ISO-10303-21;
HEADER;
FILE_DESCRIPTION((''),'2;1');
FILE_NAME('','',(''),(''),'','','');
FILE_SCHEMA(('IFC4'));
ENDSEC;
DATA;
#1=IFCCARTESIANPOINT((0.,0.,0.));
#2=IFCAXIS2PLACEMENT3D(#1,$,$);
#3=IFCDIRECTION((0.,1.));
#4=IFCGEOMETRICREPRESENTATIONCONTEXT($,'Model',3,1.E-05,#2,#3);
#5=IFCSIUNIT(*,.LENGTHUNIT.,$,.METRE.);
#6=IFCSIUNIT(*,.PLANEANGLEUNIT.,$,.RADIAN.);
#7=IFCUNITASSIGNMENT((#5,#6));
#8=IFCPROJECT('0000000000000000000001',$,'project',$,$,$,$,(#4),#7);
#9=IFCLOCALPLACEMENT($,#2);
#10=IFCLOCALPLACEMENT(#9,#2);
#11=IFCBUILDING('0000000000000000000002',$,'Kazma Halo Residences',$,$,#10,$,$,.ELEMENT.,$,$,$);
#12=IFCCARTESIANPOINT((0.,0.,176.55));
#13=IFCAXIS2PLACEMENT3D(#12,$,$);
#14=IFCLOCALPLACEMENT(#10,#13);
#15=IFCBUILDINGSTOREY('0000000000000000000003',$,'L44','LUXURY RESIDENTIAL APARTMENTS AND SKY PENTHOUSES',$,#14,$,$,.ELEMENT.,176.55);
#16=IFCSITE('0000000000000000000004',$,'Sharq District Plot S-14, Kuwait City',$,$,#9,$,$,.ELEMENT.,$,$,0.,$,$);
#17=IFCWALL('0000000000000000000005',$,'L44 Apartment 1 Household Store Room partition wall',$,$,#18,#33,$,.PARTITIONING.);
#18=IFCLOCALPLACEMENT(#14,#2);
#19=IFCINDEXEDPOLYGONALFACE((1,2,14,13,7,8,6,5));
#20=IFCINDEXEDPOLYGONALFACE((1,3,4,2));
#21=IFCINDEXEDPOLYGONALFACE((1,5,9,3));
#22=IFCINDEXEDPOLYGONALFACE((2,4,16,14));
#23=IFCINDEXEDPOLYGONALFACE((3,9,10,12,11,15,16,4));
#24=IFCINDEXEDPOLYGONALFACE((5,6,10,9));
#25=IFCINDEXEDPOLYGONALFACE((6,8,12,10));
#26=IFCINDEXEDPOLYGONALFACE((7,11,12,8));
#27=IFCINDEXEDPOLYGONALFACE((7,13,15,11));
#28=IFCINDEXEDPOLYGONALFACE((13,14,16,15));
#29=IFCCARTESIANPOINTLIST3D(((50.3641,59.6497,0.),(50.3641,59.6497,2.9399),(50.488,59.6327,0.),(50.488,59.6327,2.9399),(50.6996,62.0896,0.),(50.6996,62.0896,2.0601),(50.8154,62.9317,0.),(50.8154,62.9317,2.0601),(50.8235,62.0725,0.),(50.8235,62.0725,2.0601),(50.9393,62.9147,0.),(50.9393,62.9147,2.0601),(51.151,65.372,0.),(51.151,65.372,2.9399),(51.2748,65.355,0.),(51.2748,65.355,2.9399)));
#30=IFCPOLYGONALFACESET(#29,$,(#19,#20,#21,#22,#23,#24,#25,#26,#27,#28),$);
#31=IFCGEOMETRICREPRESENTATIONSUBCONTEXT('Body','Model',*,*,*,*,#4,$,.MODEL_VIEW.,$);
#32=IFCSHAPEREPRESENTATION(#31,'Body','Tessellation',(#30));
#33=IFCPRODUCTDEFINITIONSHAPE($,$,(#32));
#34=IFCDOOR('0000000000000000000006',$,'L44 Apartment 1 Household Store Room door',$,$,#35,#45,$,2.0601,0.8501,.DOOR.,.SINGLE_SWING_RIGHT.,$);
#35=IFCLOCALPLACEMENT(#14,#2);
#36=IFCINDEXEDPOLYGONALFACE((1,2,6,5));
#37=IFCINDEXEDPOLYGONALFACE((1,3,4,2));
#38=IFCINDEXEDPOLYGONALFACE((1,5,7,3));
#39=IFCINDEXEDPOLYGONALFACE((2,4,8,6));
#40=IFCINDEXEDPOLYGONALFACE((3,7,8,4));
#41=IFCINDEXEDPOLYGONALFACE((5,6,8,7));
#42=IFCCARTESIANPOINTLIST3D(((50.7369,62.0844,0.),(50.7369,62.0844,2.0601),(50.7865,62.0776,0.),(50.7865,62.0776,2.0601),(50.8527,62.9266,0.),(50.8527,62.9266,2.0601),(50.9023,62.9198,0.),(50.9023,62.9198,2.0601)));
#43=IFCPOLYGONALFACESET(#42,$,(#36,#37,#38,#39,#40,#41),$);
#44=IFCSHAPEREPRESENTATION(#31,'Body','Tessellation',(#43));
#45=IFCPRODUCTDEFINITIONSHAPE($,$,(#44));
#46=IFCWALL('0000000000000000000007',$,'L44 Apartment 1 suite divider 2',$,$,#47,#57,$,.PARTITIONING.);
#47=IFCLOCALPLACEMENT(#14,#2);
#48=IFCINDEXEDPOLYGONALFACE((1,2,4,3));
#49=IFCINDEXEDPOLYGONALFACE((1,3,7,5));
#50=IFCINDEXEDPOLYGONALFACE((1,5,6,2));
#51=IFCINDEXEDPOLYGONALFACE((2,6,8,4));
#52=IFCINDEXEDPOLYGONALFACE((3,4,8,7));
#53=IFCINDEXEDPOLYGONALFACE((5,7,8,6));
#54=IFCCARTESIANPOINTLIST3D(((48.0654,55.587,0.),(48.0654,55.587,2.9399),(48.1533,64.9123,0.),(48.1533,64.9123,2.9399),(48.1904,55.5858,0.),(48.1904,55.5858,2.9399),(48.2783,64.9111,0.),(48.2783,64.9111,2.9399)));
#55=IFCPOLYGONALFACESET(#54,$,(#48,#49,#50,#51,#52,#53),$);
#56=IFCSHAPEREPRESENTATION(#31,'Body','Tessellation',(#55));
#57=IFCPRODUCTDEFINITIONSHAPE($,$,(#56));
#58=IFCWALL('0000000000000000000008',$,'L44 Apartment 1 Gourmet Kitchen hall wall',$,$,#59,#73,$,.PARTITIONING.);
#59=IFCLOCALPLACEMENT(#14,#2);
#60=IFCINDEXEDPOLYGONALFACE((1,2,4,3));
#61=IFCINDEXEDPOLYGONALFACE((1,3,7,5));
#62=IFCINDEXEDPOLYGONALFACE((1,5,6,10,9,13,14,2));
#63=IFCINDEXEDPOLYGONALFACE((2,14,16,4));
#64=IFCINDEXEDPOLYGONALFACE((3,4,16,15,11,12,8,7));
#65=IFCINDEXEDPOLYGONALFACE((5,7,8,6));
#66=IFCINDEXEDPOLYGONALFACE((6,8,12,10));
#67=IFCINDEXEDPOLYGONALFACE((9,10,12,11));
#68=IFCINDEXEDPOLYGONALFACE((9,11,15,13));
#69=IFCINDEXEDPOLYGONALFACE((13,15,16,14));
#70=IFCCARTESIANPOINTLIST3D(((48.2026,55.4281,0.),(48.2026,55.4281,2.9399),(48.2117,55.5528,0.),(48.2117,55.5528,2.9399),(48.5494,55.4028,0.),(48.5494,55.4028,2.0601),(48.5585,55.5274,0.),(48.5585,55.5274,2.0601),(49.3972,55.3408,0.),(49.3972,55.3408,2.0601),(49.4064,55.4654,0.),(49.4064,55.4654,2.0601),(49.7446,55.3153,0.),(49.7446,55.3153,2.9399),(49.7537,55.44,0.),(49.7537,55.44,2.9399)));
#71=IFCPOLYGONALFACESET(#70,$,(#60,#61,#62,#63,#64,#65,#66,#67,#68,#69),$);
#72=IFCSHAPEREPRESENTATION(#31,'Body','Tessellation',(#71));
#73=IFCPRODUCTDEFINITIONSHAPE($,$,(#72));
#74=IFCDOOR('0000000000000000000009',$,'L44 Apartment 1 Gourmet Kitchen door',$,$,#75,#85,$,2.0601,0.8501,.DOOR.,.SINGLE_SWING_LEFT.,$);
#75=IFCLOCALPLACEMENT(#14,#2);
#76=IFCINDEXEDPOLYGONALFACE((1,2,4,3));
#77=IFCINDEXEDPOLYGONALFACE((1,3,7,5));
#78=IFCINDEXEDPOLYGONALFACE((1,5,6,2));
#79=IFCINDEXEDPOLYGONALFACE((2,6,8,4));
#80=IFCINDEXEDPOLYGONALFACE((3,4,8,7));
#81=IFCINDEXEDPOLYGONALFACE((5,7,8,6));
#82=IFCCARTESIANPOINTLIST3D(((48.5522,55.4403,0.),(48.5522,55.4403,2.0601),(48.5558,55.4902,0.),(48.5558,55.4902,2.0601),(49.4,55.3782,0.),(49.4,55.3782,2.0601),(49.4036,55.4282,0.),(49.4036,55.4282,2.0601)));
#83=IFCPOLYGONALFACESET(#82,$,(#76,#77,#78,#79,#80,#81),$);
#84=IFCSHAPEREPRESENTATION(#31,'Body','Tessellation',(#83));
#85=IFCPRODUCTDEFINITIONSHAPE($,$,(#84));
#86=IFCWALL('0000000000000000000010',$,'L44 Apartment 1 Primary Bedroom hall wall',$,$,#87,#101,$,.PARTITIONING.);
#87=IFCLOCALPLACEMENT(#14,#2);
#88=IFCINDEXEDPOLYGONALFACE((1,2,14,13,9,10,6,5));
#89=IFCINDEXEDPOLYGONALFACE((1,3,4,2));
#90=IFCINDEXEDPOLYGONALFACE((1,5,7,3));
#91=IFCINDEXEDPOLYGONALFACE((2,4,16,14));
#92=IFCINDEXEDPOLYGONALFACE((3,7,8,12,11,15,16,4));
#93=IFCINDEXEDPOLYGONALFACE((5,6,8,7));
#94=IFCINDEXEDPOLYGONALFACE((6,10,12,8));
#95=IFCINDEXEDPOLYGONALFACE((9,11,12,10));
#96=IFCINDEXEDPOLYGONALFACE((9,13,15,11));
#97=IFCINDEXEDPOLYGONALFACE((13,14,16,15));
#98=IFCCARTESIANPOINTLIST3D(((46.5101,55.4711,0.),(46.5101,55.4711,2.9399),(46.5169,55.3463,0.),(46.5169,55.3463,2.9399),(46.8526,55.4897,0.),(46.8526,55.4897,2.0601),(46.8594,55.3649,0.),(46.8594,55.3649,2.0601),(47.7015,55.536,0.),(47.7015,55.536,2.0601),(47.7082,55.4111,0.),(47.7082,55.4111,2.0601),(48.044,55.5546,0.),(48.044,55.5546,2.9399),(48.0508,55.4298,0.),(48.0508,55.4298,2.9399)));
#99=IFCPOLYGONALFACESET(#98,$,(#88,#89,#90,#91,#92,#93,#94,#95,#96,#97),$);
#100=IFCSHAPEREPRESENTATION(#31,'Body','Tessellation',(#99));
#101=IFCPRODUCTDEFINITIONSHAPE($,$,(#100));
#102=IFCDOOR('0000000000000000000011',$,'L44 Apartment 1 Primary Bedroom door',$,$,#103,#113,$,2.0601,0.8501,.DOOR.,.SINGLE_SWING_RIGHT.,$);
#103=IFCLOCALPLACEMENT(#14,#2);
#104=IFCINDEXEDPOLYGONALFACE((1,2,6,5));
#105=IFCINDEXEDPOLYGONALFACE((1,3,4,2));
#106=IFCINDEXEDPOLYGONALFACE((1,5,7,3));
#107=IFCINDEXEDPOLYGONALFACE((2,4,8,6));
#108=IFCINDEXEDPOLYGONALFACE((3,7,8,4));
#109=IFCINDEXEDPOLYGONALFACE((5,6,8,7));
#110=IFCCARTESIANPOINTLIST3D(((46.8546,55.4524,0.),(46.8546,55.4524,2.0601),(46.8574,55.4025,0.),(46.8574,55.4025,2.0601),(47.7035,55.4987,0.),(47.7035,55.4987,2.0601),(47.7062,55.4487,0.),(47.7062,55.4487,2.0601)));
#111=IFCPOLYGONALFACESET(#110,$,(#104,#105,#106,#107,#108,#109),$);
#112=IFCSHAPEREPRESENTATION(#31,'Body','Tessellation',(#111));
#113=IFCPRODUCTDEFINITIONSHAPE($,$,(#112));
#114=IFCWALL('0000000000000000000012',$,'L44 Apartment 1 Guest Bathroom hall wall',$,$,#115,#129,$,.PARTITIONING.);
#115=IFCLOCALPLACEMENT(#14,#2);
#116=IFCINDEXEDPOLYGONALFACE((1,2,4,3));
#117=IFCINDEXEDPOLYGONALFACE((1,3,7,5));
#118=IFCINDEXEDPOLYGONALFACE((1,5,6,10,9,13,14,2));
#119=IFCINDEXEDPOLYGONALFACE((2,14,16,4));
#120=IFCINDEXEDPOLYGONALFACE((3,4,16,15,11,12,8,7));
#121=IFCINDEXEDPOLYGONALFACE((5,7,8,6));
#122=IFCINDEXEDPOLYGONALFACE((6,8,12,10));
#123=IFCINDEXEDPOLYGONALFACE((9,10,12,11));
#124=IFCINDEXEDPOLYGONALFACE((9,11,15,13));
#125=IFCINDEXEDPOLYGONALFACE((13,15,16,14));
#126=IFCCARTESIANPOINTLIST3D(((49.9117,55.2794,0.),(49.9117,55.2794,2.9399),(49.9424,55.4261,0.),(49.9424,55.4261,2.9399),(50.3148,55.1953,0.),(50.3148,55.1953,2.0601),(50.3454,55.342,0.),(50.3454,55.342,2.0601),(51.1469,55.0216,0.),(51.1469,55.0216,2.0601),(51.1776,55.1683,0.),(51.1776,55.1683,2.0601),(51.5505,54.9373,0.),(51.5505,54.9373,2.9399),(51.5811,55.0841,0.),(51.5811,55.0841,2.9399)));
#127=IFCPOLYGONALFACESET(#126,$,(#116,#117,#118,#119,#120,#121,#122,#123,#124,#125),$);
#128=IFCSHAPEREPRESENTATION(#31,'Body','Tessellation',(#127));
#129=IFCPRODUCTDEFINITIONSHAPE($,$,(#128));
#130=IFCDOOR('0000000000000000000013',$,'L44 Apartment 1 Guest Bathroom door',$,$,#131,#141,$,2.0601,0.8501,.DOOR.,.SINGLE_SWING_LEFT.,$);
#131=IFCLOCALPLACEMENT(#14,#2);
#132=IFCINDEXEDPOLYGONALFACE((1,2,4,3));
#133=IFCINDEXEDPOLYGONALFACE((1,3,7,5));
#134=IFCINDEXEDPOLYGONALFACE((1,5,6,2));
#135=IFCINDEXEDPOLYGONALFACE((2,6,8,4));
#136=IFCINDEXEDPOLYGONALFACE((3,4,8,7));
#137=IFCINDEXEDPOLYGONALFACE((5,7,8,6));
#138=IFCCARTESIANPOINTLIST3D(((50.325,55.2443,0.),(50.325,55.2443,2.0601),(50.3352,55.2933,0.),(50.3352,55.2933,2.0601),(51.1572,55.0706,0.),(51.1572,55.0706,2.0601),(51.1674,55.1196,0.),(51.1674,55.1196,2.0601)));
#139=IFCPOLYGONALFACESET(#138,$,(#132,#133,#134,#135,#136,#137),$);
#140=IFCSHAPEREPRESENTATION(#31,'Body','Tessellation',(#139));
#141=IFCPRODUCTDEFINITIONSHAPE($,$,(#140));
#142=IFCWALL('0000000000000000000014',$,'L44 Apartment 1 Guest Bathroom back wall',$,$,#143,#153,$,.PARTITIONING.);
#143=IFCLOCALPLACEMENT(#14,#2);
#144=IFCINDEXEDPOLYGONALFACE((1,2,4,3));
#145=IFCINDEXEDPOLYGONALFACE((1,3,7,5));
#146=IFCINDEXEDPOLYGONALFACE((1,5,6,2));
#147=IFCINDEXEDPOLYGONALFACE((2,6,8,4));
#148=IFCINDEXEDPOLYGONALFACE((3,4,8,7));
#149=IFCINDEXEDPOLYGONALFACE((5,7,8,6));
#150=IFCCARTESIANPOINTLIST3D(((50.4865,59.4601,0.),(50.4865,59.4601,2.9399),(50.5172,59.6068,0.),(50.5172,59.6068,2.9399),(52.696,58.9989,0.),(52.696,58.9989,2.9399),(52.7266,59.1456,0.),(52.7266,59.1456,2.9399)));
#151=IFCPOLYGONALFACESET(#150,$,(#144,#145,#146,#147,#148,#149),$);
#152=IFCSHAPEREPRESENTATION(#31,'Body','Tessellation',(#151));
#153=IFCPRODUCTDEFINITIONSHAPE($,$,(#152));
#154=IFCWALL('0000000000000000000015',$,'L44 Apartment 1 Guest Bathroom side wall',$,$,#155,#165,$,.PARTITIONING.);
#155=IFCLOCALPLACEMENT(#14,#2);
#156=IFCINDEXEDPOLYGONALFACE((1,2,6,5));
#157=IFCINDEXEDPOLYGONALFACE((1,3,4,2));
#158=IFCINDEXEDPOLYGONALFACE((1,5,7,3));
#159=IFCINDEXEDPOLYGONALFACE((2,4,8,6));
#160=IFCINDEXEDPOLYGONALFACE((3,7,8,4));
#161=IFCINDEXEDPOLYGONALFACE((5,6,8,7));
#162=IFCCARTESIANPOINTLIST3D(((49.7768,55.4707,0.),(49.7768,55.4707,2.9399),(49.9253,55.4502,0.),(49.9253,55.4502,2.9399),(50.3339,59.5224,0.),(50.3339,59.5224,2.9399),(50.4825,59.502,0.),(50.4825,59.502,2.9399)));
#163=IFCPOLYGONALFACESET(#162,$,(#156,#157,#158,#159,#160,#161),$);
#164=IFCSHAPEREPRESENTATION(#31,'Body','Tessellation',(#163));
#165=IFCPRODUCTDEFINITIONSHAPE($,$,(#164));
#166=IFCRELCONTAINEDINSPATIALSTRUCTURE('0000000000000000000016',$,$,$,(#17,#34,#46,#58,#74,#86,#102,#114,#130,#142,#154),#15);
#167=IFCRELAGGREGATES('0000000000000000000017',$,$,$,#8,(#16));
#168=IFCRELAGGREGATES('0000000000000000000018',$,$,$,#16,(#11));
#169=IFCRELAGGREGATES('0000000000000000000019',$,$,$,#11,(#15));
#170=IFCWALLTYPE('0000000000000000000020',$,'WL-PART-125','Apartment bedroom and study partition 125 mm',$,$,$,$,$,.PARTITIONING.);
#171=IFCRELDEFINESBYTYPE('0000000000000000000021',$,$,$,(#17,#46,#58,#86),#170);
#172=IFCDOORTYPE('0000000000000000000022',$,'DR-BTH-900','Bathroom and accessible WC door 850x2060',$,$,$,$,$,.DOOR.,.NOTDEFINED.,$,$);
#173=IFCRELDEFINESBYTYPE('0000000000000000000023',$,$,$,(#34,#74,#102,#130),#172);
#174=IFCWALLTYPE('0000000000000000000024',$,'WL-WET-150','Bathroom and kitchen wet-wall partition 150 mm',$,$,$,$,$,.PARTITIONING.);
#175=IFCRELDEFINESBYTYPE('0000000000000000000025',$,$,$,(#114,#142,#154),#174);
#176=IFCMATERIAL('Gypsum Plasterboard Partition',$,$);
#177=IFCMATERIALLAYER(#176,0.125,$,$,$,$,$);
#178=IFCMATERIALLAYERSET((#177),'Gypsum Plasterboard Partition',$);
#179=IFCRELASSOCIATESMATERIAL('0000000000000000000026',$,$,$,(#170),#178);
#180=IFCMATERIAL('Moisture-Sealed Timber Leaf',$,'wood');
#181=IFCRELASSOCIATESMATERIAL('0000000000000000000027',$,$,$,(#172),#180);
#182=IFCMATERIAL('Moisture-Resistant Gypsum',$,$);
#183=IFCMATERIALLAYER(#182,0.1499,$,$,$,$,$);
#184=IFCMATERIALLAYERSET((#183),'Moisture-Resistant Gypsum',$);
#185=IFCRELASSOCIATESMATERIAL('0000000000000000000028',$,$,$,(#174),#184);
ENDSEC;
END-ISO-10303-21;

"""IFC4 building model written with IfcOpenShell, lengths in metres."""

from ifc_helpers import new_model, si_unit, direction, frame, frame_2d, origin, place, context, subcontext, project, spatial, rectangle, extrude, material, layer, layer_set, type_object, element, fill, save


model = new_model("IFC4")

# Units and contexts
model_context = context("Model", 3, precision=1e-05, world=origin(), true_north=direction((0.0, 1.0)))
body_context = subcontext(model_context, "Body", "Model", "MODEL_VIEW")
ifc_project = project(units=[si_unit("LENGTHUNIT", "METRE"), si_unit("PLANEANGLEUNIT", "RADIAN")], contexts=[model_context])

# Site, building, storey
site_placement = place(None, origin())
site = spatial("IfcSite", under=ifc_project, at=site_placement, Name="Sharq District Plot S-14, Kuwait City", CompositionType="ELEMENT", RefElevation=0.0)
building_placement = place(site_placement, origin())
building = spatial("IfcBuilding", under=site, at=building_placement, Name="Kazma Halo Residences", CompositionType="ELEMENT")
storey_placement = place(building_placement, frame((0.0, 0.0, 176.55)))
storey = spatial("IfcBuildingStorey", under=building, at=storey_placement, Name="L44", Description="LUXURY RESIDENTIAL APARTMENTS AND SKY PENTHOUSES", CompositionType="ELEMENT", Elevation=176.55)

# Wall, opening, door
ifc_material_1 = material(Name="Gypsum Plasterboard Partition")
ifc_layer_1 = layer(ifc_material_1, 0.125)
ifc_layer_set_1 = layer_set([ifc_layer_1], Name="Gypsum Plasterboard Partition")
wall_type_1 = type_object("IfcWallType", Name="WL-PART-125", Description="Apartment bedroom and study partition 125 mm", PredefinedType="PARTITIONING", material=ifc_layer_set_1)
wall_1_placement = place(storey_placement, frame((50.426, 59.6411, 0.0), z_axis=(0.0, 0.0, 1.0), x_axis=(0.13623, 0.990677, 0.0)))
wall_1 = element("IfcWall", 1, at=wall_1_placement, inside=storey, type_object=wall_type_1, Name="L44 Apartment 1 Household Store Room partition wall", PredefinedType="PARTITIONING", context=body_context, shape_type="SweptSolid", body=[
    extrude(rectangle(XDim=5.7761, YDim=0.125, at=frame_2d((2.8882, 0.0))), origin(), (0.0, 0.0, 1.0), 2.9399),
])
opening_1_placement = place(wall_1_placement, frame((2.4629, 0.0, 0.0)))
opening_1 = element("IfcOpeningElement", 2, at=opening_1_placement, cuts=wall_1, PredefinedType="OPENING", context=body_context, shape_type="SweptSolid", body=[
    extrude(rectangle(XDim=0.8501, YDim=2.0601, at=frame_2d((0.425, 1.03))), frame((0.0, 0.0725, 0.0), z_axis=(0.0, -1.0, 0.0), x_axis=(1.0, 0.0, 0.0)), (0.0, 0.0, 1.0), 0.145),
])
ifc_material_2 = material(Name="Moisture-Sealed Timber Leaf", Category="wood")
door_type_1 = type_object("IfcDoorType", Name="DR-BTH-900", Description="Bathroom and accessible WC door 850x2060", OperationType="NOTDEFINED", PredefinedType="DOOR", material=ifc_material_2)
door_1_placement = place(opening_1_placement, origin())
door_1 = element("IfcDoor", 3, at=door_1_placement, inside=storey, type_object=door_type_1, Name="L44 Apartment 1 Household Store Room door", OperationType="SINGLE_SWING_RIGHT", OverallHeight=2.0601, OverallWidth=0.8501, PredefinedType="DOOR", context=body_context, shape_type="SweptSolid", body=[
    extrude(rectangle(XDim=0.8501, YDim=2.0601, at=frame_2d((0.425, 1.03))), frame((0.0, 0.0249, 0.0), z_axis=(0.0, -1.0, 0.0), x_axis=(1.0, 0.0, 0.0)), (0.0, 0.0, 1.0), 0.05),
])
fill(opening_1, door_1)

# Wall
wall_2_placement = place(storey_placement, frame((48.1279, 55.5864, 0.0), z_axis=(0.0, 0.0, 1.0), x_axis=(0.009425, 0.999956, 0.0)))
element("IfcWall", 4, at=wall_2_placement, inside=storey, type_object=wall_type_1, Name="L44 Apartment 1 suite divider 2", PredefinedType="PARTITIONING", context=body_context, shape_type="SweptSolid", body=[
    extrude(rectangle(XDim=9.3257, YDim=0.125, at=frame_2d((4.6628, 0.0))), origin(), (0.0, 0.0, 1.0), 2.9399),
])

# Walls, openings, doors
wall_3_placement = place(storey_placement, frame((49.749, 55.3777, 0.0), z_axis=(0.0, 0.0, 1.0), x_axis=(-0.997335, 0.072953, 0.0)))
wall_3 = element("IfcWall", 5, at=wall_3_placement, inside=storey, type_object=wall_type_1, Name="L44 Apartment 1 Gourmet Kitchen hall wall", PredefinedType="PARTITIONING", context=body_context, shape_type="SweptSolid", body=[
    extrude(rectangle(XDim=1.5461, YDim=0.125, at=frame_2d((0.7729, 0.0))), origin(), (0.0, 0.0, 1.0), 2.9399),
])
opening_2_placement = place(wall_3_placement, frame((0.3481, 0.0, 0.0)))
opening_2 = element("IfcOpeningElement", 6, at=opening_2_placement, cuts=wall_3, PredefinedType="OPENING", context=body_context, shape_type="SweptSolid", body=[
    extrude(rectangle(XDim=0.8501, YDim=2.0601, at=frame_2d((0.425, 1.03))), frame((0.0, 0.0725, 0.0), z_axis=(0.0, -1.0, 0.0), x_axis=(1.0, 0.0, 0.0)), (0.0, 0.0, 1.0), 0.145),
])
door_2_placement = place(opening_2_placement, origin())
door_2 = element("IfcDoor", 7, at=door_2_placement, inside=storey, type_object=door_type_1, Name="L44 Apartment 1 Gourmet Kitchen door", OperationType="SINGLE_SWING_LEFT", OverallHeight=2.0601, OverallWidth=0.8501, PredefinedType="DOOR", context=body_context, shape_type="SweptSolid", body=[
    extrude(rectangle(XDim=0.8501, YDim=2.0601, at=frame_2d((0.425, 1.03))), frame((0.0, 0.0249, 0.0), z_axis=(0.0, -1.0, 0.0), x_axis=(1.0, 0.0, 0.0)), (0.0, 0.0, 1.0), 0.05),
])
fill(opening_2, door_2)
wall_4_placement = place(storey_placement, frame((48.0474, 55.4922, 0.0), z_axis=(0.0, 0.0, 1.0), x_axis=(-0.998522, -0.054352, 0.0)))
wall_4 = element("IfcWall", 8, at=wall_4_placement, inside=storey, type_object=wall_type_1, Name="L44 Apartment 1 Primary Bedroom hall wall", PredefinedType="PARTITIONING", context=body_context, shape_type="SweptSolid", body=[
    extrude(rectangle(XDim=1.5361, YDim=0.125, at=frame_2d((0.7681, 0.0))), origin(), (0.0, 0.0, 1.0), 2.9399),
])
opening_3_placement = place(wall_4_placement, frame((0.343, 0.0, 0.0)))
opening_3 = element("IfcOpeningElement", 9, at=opening_3_placement, cuts=wall_4, PredefinedType="OPENING", context=body_context, shape_type="SweptSolid", body=[
    extrude(rectangle(XDim=0.8501, YDim=2.0601, at=frame_2d((0.425, 1.03))), frame((0.0, 0.0725, 0.0), z_axis=(0.0, -1.0, 0.0), x_axis=(1.0, 0.0, 0.0)), (0.0, 0.0, 1.0), 0.145),
])
door_3_placement = place(opening_3_placement, origin())
door_3 = element("IfcDoor", 10, at=door_3_placement, inside=storey, type_object=door_type_1, Name="L44 Apartment 1 Primary Bedroom door", OperationType="SINGLE_SWING_RIGHT", OverallHeight=2.0601, OverallWidth=0.8501, PredefinedType="DOOR", context=body_context, shape_type="SweptSolid", body=[
    extrude(rectangle(XDim=0.8501, YDim=2.0601, at=frame_2d((0.425, 1.03))), frame((0.0, 0.0249, 0.0), z_axis=(0.0, -1.0, 0.0), x_axis=(1.0, 0.0, 0.0)), (0.0, 0.0, 1.0), 0.05),
])
fill(opening_3, door_3)
ifc_material_3 = material(Name="Moisture-Resistant Gypsum")
ifc_layer_2 = layer(ifc_material_3, 0.1499)
ifc_layer_set_2 = layer_set([ifc_layer_2], Name="Moisture-Resistant Gypsum")
wall_type_2 = type_object("IfcWallType", Name="WL-WET-150", Description="Bathroom and kitchen wet-wall partition 150 mm", PredefinedType="PARTITIONING", material=ifc_layer_set_2)
wall_5_placement = place(storey_placement, frame((51.5657, 55.0107, 0.0), z_axis=(0.0, 0.0, 1.0), x_axis=(-0.978903, 0.204327, 0.0)))
wall_5 = element("IfcWall", 11, at=wall_5_placement, inside=storey, type_object=wall_type_2, Name="L44 Apartment 1 Guest Bathroom hall wall", PredefinedType="PARTITIONING", context=body_context, shape_type="SweptSolid", body=[
    extrude(rectangle(XDim=1.6741, YDim=0.1499, at=frame_2d((0.8369, 0.0))), origin(), (0.0, 0.0, 1.0), 2.9399),
])
opening_4_placement = place(wall_5_placement, frame((0.4121, 0.0, 0.0)))
opening_4 = element("IfcOpeningElement", 12, at=opening_4_placement, cuts=wall_5, PredefinedType="OPENING", context=body_context, shape_type="SweptSolid", body=[
    extrude(rectangle(XDim=0.8501, YDim=2.0601, at=frame_2d((0.425, 1.03))), frame((0.0, 0.085, 0.0), z_axis=(0.0, -1.0, 0.0), x_axis=(1.0, 0.0, 0.0)), (0.0, 0.0, 1.0), 0.1699),
])
door_4_placement = place(opening_4_placement, origin())
door_4 = element("IfcDoor", 13, at=door_4_placement, inside=storey, type_object=door_type_1, Name="L44 Apartment 1 Guest Bathroom door", OperationType="SINGLE_SWING_LEFT", OverallHeight=2.0601, OverallWidth=0.8501, PredefinedType="DOOR", context=body_context, shape_type="SweptSolid", body=[
    extrude(rectangle(XDim=0.8501, YDim=2.0601, at=frame_2d((0.425, 1.03))), frame((0.0, 0.0249, 0.0), z_axis=(0.0, -1.0, 0.0), x_axis=(1.0, 0.0, 0.0)), (0.0, 0.0, 1.0), 0.05),
])
fill(opening_4, door_4)

# Walls
wall_6_placement = place(storey_placement, frame((52.7112, 59.0723, 0.0), z_axis=(0.0, 0.0, 1.0), x_axis=(-0.978903, 0.204326, 0.0)))
element("IfcWall", 14, at=wall_6_placement, inside=storey, type_object=wall_type_2, Name="L44 Apartment 1 Guest Bathroom back wall", PredefinedType="PARTITIONING", context=body_context, shape_type="SweptSolid", body=[
    extrude(rectangle(XDim=2.2571, YDim=0.1499, at=frame_2d((1.1284, 0.0))), origin(), (0.0, 0.0, 1.0), 2.9399),
])
wall_7_placement = place(storey_placement, frame((49.8511, 55.4604, 0.0), z_axis=(0.0, 0.0, 1.0), x_axis=(0.136221, 0.990678, 0.0)))
element("IfcWall", 15, at=wall_7_placement, inside=storey, type_object=wall_type_2, Name="L44 Apartment 1 Guest Bathroom side wall", PredefinedType="PARTITIONING", context=body_context, shape_type="SweptSolid", body=[
    extrude(rectangle(XDim=4.0898, YDim=0.1499, at=frame_2d((2.0449, 0.0))), origin(), (0.0, 0.0, 1.0), 2.9399),
])

save(model, "model.ifc")
